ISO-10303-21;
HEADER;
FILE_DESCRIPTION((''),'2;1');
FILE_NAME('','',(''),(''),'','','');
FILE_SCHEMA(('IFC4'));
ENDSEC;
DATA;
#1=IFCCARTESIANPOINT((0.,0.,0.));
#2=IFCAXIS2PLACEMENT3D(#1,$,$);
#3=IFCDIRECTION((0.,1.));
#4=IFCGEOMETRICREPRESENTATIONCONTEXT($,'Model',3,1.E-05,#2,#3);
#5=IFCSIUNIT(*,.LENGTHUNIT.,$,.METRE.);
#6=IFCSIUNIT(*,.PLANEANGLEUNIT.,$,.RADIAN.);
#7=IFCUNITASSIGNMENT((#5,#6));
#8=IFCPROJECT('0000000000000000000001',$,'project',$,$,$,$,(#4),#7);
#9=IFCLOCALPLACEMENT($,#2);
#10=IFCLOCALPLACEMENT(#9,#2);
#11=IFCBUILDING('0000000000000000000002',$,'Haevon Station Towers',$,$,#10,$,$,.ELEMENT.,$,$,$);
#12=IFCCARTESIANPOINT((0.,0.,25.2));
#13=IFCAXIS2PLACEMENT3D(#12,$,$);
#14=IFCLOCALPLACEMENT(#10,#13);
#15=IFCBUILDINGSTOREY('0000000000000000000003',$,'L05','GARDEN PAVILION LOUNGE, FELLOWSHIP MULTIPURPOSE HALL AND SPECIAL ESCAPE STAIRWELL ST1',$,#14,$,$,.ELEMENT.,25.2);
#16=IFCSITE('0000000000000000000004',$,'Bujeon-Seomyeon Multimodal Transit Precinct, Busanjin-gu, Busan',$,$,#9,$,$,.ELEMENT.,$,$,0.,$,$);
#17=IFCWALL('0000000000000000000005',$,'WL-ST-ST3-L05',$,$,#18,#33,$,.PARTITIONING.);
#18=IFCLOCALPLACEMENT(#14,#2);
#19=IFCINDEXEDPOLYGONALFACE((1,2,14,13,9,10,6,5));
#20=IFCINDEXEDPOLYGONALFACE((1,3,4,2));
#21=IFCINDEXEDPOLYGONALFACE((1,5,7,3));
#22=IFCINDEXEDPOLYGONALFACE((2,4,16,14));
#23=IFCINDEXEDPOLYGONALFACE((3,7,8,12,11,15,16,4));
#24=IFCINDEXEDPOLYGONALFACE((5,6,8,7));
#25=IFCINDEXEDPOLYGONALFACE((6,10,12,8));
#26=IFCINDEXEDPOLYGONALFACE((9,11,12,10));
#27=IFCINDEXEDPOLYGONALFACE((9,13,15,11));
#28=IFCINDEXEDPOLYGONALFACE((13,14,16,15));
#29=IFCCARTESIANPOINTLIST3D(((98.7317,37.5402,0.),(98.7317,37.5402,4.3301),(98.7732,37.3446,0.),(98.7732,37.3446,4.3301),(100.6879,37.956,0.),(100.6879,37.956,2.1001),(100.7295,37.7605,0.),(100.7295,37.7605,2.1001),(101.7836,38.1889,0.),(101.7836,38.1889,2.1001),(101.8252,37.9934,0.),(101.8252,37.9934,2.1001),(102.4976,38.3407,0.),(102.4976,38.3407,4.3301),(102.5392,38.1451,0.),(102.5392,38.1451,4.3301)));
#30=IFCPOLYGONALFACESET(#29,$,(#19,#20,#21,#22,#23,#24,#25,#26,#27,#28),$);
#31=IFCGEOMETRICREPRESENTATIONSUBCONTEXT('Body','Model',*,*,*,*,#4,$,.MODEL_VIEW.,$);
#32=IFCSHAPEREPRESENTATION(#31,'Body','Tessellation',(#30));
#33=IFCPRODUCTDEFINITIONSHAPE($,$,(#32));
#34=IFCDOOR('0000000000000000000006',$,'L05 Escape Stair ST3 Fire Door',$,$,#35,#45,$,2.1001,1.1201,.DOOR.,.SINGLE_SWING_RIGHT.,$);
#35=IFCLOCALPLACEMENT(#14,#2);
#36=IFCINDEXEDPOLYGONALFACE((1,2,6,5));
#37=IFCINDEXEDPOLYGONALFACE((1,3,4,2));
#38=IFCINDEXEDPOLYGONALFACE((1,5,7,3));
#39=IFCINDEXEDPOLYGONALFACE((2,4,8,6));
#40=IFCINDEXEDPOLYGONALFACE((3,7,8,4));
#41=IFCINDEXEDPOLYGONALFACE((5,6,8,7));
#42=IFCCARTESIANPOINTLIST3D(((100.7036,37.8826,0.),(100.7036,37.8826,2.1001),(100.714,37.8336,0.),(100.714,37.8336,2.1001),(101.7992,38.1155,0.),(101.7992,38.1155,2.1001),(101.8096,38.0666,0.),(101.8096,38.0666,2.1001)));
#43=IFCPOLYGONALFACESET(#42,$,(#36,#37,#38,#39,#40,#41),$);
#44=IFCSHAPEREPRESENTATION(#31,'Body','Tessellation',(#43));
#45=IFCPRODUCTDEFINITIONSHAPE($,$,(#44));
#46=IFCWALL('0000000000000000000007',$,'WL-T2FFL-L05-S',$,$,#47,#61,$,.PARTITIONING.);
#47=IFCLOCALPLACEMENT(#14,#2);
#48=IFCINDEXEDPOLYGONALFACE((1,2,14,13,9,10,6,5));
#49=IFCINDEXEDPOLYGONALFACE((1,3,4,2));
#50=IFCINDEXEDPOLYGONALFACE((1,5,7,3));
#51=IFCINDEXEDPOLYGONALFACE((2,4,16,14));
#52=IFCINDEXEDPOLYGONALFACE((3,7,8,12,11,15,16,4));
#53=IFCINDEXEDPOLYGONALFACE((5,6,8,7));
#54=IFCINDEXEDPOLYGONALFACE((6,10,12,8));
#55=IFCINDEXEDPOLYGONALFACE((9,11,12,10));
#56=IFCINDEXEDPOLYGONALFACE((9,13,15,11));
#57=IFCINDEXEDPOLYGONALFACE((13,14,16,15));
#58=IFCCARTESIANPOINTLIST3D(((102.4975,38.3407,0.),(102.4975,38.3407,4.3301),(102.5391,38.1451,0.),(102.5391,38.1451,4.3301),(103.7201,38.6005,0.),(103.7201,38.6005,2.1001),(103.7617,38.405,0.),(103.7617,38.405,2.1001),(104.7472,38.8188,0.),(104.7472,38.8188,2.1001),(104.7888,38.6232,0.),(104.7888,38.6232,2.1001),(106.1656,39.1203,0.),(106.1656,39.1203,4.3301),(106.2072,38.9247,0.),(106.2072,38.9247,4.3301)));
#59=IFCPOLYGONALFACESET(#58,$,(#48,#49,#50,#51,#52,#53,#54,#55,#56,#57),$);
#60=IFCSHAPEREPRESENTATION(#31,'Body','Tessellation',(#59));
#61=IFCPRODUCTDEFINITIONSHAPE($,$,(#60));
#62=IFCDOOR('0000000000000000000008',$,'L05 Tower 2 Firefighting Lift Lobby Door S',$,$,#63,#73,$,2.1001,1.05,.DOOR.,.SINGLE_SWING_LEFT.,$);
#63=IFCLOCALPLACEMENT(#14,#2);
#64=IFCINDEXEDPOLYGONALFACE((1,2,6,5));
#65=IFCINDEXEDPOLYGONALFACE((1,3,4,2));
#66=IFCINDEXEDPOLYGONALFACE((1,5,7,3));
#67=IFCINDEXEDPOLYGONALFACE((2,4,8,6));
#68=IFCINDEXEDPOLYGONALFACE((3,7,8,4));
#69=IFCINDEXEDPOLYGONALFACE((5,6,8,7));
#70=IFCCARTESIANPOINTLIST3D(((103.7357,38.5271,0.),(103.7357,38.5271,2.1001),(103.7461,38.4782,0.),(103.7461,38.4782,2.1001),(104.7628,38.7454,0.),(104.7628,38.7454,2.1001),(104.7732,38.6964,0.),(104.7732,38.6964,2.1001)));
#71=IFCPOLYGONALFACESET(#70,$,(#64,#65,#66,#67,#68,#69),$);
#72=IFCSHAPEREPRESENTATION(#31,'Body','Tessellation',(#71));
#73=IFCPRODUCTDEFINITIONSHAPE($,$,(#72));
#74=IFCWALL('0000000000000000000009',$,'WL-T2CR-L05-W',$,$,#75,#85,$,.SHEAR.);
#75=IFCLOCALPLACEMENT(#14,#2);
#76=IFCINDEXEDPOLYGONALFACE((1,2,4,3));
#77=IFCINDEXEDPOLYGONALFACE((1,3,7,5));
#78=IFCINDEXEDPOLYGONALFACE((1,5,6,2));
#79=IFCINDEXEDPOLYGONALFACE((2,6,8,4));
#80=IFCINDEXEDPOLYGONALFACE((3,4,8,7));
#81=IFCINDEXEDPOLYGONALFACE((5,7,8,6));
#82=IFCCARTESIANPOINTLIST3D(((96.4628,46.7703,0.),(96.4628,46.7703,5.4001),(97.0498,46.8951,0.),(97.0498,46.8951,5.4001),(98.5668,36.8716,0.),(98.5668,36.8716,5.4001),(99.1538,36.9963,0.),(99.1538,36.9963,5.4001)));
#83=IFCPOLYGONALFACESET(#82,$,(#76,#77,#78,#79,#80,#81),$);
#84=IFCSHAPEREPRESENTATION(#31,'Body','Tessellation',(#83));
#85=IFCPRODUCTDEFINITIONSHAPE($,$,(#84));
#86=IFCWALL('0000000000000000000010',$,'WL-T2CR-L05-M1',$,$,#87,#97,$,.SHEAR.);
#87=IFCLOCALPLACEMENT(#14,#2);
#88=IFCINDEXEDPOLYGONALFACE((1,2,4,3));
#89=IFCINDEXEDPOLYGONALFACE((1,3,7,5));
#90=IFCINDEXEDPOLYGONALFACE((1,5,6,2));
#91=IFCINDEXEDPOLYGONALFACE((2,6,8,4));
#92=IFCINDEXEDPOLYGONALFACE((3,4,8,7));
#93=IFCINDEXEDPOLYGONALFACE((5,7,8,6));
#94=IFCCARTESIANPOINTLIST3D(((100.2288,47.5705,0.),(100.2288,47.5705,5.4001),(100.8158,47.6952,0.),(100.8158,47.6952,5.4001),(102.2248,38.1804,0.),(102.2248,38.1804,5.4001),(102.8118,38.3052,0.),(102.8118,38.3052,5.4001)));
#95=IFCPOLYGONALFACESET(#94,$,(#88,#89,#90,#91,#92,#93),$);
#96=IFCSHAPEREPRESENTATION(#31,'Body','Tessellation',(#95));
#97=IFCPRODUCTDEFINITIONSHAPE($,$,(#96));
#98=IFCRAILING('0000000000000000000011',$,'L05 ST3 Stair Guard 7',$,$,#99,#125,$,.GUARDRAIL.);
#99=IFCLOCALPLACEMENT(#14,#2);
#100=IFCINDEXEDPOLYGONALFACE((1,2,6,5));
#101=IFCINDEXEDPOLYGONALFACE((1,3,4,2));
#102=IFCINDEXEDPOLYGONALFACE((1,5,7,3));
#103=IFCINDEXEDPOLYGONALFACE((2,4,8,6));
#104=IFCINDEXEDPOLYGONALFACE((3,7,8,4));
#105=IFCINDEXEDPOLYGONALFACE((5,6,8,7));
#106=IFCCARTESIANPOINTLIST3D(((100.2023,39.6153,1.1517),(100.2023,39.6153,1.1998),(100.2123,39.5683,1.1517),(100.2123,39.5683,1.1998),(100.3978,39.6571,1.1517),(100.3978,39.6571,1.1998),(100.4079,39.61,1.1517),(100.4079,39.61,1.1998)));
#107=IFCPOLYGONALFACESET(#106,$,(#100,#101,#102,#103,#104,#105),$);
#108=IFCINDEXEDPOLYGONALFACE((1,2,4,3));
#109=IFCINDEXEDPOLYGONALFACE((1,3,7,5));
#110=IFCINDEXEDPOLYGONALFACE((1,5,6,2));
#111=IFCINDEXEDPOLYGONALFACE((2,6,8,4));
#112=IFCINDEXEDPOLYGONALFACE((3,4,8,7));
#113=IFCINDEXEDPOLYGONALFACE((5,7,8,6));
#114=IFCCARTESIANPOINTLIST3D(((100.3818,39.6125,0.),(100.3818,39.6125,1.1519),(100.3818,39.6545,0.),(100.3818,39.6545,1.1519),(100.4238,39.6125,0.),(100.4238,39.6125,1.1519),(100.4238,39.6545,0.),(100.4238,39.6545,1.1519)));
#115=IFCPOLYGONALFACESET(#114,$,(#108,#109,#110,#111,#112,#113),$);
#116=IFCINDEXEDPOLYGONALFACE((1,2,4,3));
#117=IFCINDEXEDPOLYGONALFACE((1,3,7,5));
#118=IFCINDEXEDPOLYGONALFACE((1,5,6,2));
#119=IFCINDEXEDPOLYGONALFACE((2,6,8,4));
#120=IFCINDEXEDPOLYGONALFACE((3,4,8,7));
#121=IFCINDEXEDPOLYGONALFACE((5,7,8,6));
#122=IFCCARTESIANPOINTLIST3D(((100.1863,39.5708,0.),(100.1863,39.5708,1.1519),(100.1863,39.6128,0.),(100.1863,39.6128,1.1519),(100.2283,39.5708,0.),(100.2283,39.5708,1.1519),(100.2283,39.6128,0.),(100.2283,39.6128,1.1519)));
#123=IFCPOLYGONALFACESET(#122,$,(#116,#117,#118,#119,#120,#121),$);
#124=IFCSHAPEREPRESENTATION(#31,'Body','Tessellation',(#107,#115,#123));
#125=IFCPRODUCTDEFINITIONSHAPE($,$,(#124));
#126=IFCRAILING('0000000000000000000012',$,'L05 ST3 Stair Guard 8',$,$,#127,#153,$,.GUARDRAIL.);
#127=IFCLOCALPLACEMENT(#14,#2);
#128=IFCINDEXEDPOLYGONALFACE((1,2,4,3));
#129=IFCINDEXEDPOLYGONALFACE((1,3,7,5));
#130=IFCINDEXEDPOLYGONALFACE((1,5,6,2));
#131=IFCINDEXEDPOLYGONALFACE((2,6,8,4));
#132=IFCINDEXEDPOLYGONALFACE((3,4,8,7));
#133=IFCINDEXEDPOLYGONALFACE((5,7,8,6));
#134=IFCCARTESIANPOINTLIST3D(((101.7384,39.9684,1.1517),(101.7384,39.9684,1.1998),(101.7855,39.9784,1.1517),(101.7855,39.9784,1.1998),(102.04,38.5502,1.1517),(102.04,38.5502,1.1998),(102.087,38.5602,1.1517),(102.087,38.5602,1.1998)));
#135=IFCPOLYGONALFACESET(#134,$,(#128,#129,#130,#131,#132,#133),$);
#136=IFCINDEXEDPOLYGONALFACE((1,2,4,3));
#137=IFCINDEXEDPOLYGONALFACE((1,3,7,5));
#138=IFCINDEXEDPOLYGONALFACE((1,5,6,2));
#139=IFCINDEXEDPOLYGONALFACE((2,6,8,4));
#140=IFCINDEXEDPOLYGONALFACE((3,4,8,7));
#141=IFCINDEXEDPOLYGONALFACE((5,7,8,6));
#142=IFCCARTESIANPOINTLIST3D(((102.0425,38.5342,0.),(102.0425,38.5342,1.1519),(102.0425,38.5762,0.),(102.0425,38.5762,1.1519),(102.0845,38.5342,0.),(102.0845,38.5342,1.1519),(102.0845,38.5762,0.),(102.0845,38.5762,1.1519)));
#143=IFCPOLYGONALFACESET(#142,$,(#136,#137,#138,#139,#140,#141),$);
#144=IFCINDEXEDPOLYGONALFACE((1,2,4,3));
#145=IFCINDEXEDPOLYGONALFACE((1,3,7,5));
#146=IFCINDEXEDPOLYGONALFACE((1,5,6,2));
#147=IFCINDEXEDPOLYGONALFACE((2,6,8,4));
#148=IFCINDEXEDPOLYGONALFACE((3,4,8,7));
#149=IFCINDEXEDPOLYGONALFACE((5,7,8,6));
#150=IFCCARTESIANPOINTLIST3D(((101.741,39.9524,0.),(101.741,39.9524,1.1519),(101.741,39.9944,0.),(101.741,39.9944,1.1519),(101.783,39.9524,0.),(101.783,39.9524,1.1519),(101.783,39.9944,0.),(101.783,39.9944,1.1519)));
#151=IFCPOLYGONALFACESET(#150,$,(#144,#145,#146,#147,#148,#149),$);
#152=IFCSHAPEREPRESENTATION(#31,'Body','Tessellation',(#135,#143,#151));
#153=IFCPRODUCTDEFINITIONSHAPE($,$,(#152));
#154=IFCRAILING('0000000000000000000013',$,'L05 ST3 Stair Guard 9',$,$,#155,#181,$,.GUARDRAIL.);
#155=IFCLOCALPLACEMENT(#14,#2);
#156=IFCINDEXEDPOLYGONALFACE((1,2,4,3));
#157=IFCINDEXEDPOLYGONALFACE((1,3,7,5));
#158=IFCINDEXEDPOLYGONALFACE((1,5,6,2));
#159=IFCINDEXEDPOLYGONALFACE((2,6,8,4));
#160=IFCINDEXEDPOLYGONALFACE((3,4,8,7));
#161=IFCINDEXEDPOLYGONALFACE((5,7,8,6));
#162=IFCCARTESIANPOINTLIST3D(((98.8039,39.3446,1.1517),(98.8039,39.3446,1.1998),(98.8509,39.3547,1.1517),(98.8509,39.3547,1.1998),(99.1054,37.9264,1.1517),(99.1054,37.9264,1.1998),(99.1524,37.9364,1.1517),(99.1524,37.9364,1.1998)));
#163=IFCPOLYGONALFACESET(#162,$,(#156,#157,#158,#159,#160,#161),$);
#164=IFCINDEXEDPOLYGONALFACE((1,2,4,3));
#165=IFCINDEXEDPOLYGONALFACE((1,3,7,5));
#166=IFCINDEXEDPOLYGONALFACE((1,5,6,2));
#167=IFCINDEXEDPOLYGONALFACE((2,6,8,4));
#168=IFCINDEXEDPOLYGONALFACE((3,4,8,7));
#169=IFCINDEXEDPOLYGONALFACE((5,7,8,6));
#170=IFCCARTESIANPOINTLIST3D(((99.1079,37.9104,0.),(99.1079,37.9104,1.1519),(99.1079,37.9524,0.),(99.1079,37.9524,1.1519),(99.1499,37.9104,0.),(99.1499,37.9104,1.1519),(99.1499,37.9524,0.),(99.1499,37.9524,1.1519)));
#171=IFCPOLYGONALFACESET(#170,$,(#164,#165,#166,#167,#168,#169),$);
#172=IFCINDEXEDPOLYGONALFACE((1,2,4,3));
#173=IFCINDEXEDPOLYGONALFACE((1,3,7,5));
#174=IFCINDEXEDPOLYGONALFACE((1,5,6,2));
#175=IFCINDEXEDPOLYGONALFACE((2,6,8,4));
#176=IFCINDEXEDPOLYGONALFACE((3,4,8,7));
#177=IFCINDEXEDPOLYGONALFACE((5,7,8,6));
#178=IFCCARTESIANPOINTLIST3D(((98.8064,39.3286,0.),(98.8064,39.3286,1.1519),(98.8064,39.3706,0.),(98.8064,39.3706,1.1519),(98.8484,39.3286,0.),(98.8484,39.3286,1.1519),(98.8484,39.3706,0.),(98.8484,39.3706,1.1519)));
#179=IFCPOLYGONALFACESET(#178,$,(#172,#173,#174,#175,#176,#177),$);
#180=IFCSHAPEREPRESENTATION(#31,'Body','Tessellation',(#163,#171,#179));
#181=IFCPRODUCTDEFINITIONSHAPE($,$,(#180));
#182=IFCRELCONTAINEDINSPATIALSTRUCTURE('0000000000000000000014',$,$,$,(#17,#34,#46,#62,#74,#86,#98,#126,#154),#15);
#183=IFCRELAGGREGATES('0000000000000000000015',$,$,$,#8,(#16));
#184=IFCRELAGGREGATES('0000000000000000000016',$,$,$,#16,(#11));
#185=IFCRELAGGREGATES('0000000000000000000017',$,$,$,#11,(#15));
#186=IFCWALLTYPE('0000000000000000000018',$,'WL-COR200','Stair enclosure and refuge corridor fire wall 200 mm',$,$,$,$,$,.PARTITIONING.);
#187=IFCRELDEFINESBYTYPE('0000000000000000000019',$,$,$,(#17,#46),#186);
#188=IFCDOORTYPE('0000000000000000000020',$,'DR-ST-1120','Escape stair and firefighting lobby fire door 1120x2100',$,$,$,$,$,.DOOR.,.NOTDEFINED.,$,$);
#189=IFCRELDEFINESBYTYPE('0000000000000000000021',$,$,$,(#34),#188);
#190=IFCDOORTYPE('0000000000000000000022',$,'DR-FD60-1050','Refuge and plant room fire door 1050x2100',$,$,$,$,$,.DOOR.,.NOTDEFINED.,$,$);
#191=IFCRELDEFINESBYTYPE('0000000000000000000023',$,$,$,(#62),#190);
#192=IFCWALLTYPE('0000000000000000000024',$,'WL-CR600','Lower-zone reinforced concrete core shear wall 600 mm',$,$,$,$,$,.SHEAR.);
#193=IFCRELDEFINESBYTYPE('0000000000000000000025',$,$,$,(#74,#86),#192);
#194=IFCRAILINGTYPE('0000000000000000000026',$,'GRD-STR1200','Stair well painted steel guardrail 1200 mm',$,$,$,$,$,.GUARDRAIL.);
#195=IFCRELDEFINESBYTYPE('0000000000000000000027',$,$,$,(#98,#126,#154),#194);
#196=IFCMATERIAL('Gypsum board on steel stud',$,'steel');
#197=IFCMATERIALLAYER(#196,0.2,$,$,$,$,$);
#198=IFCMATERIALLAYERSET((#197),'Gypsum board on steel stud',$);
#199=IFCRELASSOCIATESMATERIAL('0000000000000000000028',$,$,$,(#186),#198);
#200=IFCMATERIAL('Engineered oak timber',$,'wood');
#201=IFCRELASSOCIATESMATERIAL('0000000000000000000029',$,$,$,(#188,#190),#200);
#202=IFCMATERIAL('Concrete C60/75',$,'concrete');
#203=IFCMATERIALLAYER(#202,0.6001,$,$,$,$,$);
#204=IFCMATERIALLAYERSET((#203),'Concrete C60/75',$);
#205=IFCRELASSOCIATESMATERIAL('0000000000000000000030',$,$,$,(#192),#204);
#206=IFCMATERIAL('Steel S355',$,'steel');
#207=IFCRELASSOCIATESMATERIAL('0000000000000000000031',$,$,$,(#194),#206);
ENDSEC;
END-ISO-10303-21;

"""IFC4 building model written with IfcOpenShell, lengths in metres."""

from ifc_helpers import new_model, si_unit, direction, frame, frame_2d, origin, origin_2d, place, context, subcontext, project, spatial, rectangle, extrude, material, layer, layer_set, type_object, element, fill, save


model = new_model("IFC4")

# Units and contexts
model_context = context("Model", 3, precision=1e-05, world=origin(), true_north=direction((0.0, 1.0)))
body_context = subcontext(model_context, "Body", "Model", "MODEL_VIEW")
ifc_project = project(units=[si_unit("LENGTHUNIT", "METRE"), si_unit("PLANEANGLEUNIT", "RADIAN")], contexts=[model_context])

# Site, building, storey
site_placement = place(None, origin())
site = spatial("IfcSite", under=ifc_project, at=site_placement, Name="Bujeon-Seomyeon Multimodal Transit Precinct, Busanjin-gu, Busan", CompositionType="ELEMENT", RefElevation=0.0)
building_placement = place(site_placement, origin())
building = spatial("IfcBuilding", under=site, at=building_placement, Name="Haevon Station Towers", CompositionType="ELEMENT")
storey_placement = place(building_placement, frame((0.0, 0.0, 25.2)))
storey = spatial("IfcBuildingStorey", under=building, at=storey_placement, Name="L05", Description="GARDEN PAVILION LOUNGE, FELLOWSHIP MULTIPURPOSE HALL AND SPECIAL ESCAPE STAIRWELL ST1", CompositionType="ELEMENT", Elevation=25.2)

# Shared definitions
ifc_material_1 = material(Name="Steel S355", Category="steel")

# Walls, openings, doors
ifc_material_2 = material(Name="Gypsum board on steel stud", Category="steel")
ifc_layer_1 = layer(ifc_material_2, 0.2)
ifc_layer_set_1 = layer_set([ifc_layer_1], Name="Gypsum board on steel stud")
wall_type_1 = type_object("IfcWallType", Name="WL-COR200", Description="Stair enclosure and refuge corridor fire wall 200 mm", PredefinedType="PARTITIONING", material=ifc_layer_set_1)
wall_1_placement = place(storey_placement, frame((98.7524, 37.4424, 0.0), z_axis=(0.0, 0.0, 1.0), x_axis=(0.978144, 0.207931, 0.0)))
wall_1 = element("IfcWall", 1, at=wall_1_placement, inside=storey, type_object=wall_type_1, Name="WL-ST-ST3-L05", PredefinedType="PARTITIONING", context=body_context, shape_type="SweptSolid", body=[
    extrude(rectangle(XDim=3.8501, YDim=0.2, at=frame_2d((1.925, 0.0))), origin(), (0.0, 0.0, 1.0), 4.3301),
])
opening_1_placement = place(wall_1_placement, frame((2.0, 0.0, 0.0)))
opening_1 = element("IfcOpeningElement", 2, at=opening_1_placement, cuts=wall_1, PredefinedType="OPENING", context=body_context, shape_type="SweptSolid", body=[
    extrude(rectangle(XDim=1.1201, YDim=2.1001, at=frame_2d((0.5601, 1.05))), frame((0.0, 0.1099, 0.0), z_axis=(0.0, -1.0, 0.0), x_axis=(1.0, 0.0, 0.0)), (0.0, 0.0, 1.0), 0.22),
])
ifc_material_3 = material(Name="Engineered oak timber", Category="wood")
door_type_1 = type_object("IfcDoorType", Name="DR-ST-1120", Description="Escape stair and firefighting lobby fire door 1120x2100", OperationType="NOTDEFINED", PredefinedType="DOOR", material=ifc_material_3)
door_1_placement = place(opening_1_placement, origin())
door_1 = element("IfcDoor", 3, at=door_1_placement, inside=storey, type_object=door_type_1, Name="L05 Escape Stair ST3 Fire Door", OperationType="SINGLE_SWING_RIGHT", OverallHeight=2.1001, OverallWidth=1.1201, PredefinedType="DOOR", context=body_context, shape_type="SweptSolid", body=[
    extrude(rectangle(XDim=1.1201, YDim=2.1001, at=frame_2d((0.5601, 1.05))), frame((0.0, 0.0249, 0.0), z_axis=(0.0, -1.0, 0.0), x_axis=(1.0, 0.0, 0.0)), (0.0, 0.0, 1.0), 0.05),
])
fill(opening_1, door_1)
wall_2_placement = place(storey_placement, frame((102.5183, 38.2429, 0.0), z_axis=(0.0, 0.0, 1.0), x_axis=(0.978154, 0.207884, 0.0)))
wall_2 = element("IfcWall", 4, at=wall_2_placement, inside=storey, type_object=wall_type_1, Name="WL-T2FFL-L05-S", PredefinedType="PARTITIONING", context=body_context, shape_type="SweptSolid", body=[
    extrude(rectangle(XDim=3.75, YDim=0.2, at=frame_2d((1.875, 0.0))), origin(), (0.0, 0.0, 1.0), 4.3301),
])
opening_2_placement = place(wall_2_placement, frame((1.25, 0.0, 0.0)))
opening_2 = element("IfcOpeningElement", 5, at=opening_2_placement, cuts=wall_2, PredefinedType="OPENING", context=body_context, shape_type="SweptSolid", body=[
    extrude(rectangle(XDim=1.05, YDim=2.1001, at=frame_2d((0.5249, 1.05))), frame((0.0, 0.1099, 0.0), z_axis=(0.0, -1.0, 0.0), x_axis=(1.0, 0.0, 0.0)), (0.0, 0.0, 1.0), 0.22),
])
door_type_2 = type_object("IfcDoorType", Name="DR-FD60-1050", Description="Refuge and plant room fire door 1050x2100", OperationType="NOTDEFINED", PredefinedType="DOOR", material=ifc_material_3)
door_2_placement = place(opening_2_placement, origin())
door_2 = element("IfcDoor", 6, at=door_2_placement, inside=storey, type_object=door_type_2, Name="L05 Tower 2 Firefighting Lift Lobby Door S", OperationType="SINGLE_SWING_LEFT", OverallHeight=2.1001, OverallWidth=1.05, PredefinedType="DOOR", context=body_context, shape_type="SweptSolid", body=[
    extrude(rectangle(XDim=1.05, YDim=2.1001, at=frame_2d((0.5249, 1.05))), frame((0.0, 0.0249, 0.0), z_axis=(0.0, -1.0, 0.0), x_axis=(1.0, 0.0, 0.0)), (0.0, 0.0, 1.0), 0.05),
])
fill(opening_2, door_2)

# Walls
ifc_material_4 = material(Name="Concrete C60/75", Category="concrete")
ifc_layer_2 = layer(ifc_material_4, 0.6001)
ifc_layer_set_2 = layer_set([ifc_layer_2], Name="Concrete C60/75")
wall_type_2 = type_object("IfcWallType", Name="WL-CR600", Description="Lower-zone reinforced concrete core shear wall 600 mm", PredefinedType="SHEAR", material=ifc_layer_set_2)
wall_3_placement = place(storey_placement, frame((98.8604, 36.9338, 0.0), z_axis=(0.0, 0.0, 1.0), x_axis=(-0.207909, 0.978148, 0.0)))
element("IfcWall", 7, at=wall_3_placement, inside=storey, type_object=wall_type_2, Name="WL-T2CR-L05-W", PredefinedType="SHEAR", context=body_context, shape_type="SweptSolid", body=[
    extrude(rectangle(XDim=10.1199, YDim=0.6001, at=frame_2d((5.0601, 0.0))), origin(), (0.0, 0.0, 1.0), 5.4001),
])
wall_4_placement = place(storey_placement, frame((102.5183, 38.2429, 0.0), z_axis=(0.0, 0.0, 1.0), x_axis=(-0.207927, 0.978144, 0.0)))
element("IfcWall", 8, at=wall_4_placement, inside=storey, type_object=wall_type_2, Name="WL-T2CR-L05-M1", PredefinedType="SHEAR", context=body_context, shape_type="SweptSolid", body=[
    extrude(rectangle(XDim=9.5999, YDim=0.6001, at=frame_2d((4.7998, 0.0))), origin(), (0.0, 0.0, 1.0), 5.4001),
])

# Railings
railing_type = type_object("IfcRailingType", Name="GRD-STR1200", Description="Stair well painted steel guardrail 1200 mm", PredefinedType="GUARDRAIL", material=ifc_material_1)
railing_1_placement = place(storey_placement, frame((100.4028, 39.6335, 0.0)))
element("IfcRailing", 9, at=railing_1_placement, inside=storey, type_object=railing_type, Name="L05 ST3 Stair Guard 7", PredefinedType="GUARDRAIL", context=body_context, shape_type="SweptSolid", body=[
    extrude(rectangle(XDim=0.0481, YDim=0.0481, at=origin_2d()), frame((0.0, 0.0, 1.1758), z_axis=(-0.977963, -0.208779, 0.0), x_axis=(0.208779, -0.977963, 0.0)), (0.0, 0.0, 1.0), 0.2),
    extrude(rectangle(XDim=0.042, YDim=0.042, at=origin_2d()), origin(), (0.0, 0.0, 1.0), 1.1519),
    extrude(rectangle(XDim=0.042, YDim=0.042, at=origin_2d()), frame((-0.1956, -0.0417, 0.0)), (0.0, 0.0, 1.0), 1.1519),
])
for number, where, name in (
    (10, (102.0635, 38.5552, 0.0), "L05 ST3 Stair Guard 8"),
    (11, (99.1289, 37.9314, 0.0), "L05 ST3 Stair Guard 9"),
):
    element("IfcRailing", number, at=place(storey_placement, frame(where)), inside=storey, type_object=railing_type, Name=name, PredefinedType="GUARDRAIL", context=body_context, shape_type="SweptSolid", body=[
        extrude(rectangle(XDim=0.0481, YDim=0.0481, at=origin_2d()), frame((0.0, 0.0, 1.1758), z_axis=(-0.207953, 0.978139, 0.0), x_axis=(-0.978139, -0.207953, 0.0)), (0.0, 0.0, 1.0), 1.45),
        extrude(rectangle(XDim=0.042, YDim=0.042, at=origin_2d()), origin(), (0.0, 0.0, 1.0), 1.1519),
        extrude(rectangle(XDim=0.042, YDim=0.042, at=origin_2d()), frame((-0.3015, 1.4182, 0.0)), (0.0, 0.0, 1.0), 1.1519),
    ])

save(model, "model.ifc")
